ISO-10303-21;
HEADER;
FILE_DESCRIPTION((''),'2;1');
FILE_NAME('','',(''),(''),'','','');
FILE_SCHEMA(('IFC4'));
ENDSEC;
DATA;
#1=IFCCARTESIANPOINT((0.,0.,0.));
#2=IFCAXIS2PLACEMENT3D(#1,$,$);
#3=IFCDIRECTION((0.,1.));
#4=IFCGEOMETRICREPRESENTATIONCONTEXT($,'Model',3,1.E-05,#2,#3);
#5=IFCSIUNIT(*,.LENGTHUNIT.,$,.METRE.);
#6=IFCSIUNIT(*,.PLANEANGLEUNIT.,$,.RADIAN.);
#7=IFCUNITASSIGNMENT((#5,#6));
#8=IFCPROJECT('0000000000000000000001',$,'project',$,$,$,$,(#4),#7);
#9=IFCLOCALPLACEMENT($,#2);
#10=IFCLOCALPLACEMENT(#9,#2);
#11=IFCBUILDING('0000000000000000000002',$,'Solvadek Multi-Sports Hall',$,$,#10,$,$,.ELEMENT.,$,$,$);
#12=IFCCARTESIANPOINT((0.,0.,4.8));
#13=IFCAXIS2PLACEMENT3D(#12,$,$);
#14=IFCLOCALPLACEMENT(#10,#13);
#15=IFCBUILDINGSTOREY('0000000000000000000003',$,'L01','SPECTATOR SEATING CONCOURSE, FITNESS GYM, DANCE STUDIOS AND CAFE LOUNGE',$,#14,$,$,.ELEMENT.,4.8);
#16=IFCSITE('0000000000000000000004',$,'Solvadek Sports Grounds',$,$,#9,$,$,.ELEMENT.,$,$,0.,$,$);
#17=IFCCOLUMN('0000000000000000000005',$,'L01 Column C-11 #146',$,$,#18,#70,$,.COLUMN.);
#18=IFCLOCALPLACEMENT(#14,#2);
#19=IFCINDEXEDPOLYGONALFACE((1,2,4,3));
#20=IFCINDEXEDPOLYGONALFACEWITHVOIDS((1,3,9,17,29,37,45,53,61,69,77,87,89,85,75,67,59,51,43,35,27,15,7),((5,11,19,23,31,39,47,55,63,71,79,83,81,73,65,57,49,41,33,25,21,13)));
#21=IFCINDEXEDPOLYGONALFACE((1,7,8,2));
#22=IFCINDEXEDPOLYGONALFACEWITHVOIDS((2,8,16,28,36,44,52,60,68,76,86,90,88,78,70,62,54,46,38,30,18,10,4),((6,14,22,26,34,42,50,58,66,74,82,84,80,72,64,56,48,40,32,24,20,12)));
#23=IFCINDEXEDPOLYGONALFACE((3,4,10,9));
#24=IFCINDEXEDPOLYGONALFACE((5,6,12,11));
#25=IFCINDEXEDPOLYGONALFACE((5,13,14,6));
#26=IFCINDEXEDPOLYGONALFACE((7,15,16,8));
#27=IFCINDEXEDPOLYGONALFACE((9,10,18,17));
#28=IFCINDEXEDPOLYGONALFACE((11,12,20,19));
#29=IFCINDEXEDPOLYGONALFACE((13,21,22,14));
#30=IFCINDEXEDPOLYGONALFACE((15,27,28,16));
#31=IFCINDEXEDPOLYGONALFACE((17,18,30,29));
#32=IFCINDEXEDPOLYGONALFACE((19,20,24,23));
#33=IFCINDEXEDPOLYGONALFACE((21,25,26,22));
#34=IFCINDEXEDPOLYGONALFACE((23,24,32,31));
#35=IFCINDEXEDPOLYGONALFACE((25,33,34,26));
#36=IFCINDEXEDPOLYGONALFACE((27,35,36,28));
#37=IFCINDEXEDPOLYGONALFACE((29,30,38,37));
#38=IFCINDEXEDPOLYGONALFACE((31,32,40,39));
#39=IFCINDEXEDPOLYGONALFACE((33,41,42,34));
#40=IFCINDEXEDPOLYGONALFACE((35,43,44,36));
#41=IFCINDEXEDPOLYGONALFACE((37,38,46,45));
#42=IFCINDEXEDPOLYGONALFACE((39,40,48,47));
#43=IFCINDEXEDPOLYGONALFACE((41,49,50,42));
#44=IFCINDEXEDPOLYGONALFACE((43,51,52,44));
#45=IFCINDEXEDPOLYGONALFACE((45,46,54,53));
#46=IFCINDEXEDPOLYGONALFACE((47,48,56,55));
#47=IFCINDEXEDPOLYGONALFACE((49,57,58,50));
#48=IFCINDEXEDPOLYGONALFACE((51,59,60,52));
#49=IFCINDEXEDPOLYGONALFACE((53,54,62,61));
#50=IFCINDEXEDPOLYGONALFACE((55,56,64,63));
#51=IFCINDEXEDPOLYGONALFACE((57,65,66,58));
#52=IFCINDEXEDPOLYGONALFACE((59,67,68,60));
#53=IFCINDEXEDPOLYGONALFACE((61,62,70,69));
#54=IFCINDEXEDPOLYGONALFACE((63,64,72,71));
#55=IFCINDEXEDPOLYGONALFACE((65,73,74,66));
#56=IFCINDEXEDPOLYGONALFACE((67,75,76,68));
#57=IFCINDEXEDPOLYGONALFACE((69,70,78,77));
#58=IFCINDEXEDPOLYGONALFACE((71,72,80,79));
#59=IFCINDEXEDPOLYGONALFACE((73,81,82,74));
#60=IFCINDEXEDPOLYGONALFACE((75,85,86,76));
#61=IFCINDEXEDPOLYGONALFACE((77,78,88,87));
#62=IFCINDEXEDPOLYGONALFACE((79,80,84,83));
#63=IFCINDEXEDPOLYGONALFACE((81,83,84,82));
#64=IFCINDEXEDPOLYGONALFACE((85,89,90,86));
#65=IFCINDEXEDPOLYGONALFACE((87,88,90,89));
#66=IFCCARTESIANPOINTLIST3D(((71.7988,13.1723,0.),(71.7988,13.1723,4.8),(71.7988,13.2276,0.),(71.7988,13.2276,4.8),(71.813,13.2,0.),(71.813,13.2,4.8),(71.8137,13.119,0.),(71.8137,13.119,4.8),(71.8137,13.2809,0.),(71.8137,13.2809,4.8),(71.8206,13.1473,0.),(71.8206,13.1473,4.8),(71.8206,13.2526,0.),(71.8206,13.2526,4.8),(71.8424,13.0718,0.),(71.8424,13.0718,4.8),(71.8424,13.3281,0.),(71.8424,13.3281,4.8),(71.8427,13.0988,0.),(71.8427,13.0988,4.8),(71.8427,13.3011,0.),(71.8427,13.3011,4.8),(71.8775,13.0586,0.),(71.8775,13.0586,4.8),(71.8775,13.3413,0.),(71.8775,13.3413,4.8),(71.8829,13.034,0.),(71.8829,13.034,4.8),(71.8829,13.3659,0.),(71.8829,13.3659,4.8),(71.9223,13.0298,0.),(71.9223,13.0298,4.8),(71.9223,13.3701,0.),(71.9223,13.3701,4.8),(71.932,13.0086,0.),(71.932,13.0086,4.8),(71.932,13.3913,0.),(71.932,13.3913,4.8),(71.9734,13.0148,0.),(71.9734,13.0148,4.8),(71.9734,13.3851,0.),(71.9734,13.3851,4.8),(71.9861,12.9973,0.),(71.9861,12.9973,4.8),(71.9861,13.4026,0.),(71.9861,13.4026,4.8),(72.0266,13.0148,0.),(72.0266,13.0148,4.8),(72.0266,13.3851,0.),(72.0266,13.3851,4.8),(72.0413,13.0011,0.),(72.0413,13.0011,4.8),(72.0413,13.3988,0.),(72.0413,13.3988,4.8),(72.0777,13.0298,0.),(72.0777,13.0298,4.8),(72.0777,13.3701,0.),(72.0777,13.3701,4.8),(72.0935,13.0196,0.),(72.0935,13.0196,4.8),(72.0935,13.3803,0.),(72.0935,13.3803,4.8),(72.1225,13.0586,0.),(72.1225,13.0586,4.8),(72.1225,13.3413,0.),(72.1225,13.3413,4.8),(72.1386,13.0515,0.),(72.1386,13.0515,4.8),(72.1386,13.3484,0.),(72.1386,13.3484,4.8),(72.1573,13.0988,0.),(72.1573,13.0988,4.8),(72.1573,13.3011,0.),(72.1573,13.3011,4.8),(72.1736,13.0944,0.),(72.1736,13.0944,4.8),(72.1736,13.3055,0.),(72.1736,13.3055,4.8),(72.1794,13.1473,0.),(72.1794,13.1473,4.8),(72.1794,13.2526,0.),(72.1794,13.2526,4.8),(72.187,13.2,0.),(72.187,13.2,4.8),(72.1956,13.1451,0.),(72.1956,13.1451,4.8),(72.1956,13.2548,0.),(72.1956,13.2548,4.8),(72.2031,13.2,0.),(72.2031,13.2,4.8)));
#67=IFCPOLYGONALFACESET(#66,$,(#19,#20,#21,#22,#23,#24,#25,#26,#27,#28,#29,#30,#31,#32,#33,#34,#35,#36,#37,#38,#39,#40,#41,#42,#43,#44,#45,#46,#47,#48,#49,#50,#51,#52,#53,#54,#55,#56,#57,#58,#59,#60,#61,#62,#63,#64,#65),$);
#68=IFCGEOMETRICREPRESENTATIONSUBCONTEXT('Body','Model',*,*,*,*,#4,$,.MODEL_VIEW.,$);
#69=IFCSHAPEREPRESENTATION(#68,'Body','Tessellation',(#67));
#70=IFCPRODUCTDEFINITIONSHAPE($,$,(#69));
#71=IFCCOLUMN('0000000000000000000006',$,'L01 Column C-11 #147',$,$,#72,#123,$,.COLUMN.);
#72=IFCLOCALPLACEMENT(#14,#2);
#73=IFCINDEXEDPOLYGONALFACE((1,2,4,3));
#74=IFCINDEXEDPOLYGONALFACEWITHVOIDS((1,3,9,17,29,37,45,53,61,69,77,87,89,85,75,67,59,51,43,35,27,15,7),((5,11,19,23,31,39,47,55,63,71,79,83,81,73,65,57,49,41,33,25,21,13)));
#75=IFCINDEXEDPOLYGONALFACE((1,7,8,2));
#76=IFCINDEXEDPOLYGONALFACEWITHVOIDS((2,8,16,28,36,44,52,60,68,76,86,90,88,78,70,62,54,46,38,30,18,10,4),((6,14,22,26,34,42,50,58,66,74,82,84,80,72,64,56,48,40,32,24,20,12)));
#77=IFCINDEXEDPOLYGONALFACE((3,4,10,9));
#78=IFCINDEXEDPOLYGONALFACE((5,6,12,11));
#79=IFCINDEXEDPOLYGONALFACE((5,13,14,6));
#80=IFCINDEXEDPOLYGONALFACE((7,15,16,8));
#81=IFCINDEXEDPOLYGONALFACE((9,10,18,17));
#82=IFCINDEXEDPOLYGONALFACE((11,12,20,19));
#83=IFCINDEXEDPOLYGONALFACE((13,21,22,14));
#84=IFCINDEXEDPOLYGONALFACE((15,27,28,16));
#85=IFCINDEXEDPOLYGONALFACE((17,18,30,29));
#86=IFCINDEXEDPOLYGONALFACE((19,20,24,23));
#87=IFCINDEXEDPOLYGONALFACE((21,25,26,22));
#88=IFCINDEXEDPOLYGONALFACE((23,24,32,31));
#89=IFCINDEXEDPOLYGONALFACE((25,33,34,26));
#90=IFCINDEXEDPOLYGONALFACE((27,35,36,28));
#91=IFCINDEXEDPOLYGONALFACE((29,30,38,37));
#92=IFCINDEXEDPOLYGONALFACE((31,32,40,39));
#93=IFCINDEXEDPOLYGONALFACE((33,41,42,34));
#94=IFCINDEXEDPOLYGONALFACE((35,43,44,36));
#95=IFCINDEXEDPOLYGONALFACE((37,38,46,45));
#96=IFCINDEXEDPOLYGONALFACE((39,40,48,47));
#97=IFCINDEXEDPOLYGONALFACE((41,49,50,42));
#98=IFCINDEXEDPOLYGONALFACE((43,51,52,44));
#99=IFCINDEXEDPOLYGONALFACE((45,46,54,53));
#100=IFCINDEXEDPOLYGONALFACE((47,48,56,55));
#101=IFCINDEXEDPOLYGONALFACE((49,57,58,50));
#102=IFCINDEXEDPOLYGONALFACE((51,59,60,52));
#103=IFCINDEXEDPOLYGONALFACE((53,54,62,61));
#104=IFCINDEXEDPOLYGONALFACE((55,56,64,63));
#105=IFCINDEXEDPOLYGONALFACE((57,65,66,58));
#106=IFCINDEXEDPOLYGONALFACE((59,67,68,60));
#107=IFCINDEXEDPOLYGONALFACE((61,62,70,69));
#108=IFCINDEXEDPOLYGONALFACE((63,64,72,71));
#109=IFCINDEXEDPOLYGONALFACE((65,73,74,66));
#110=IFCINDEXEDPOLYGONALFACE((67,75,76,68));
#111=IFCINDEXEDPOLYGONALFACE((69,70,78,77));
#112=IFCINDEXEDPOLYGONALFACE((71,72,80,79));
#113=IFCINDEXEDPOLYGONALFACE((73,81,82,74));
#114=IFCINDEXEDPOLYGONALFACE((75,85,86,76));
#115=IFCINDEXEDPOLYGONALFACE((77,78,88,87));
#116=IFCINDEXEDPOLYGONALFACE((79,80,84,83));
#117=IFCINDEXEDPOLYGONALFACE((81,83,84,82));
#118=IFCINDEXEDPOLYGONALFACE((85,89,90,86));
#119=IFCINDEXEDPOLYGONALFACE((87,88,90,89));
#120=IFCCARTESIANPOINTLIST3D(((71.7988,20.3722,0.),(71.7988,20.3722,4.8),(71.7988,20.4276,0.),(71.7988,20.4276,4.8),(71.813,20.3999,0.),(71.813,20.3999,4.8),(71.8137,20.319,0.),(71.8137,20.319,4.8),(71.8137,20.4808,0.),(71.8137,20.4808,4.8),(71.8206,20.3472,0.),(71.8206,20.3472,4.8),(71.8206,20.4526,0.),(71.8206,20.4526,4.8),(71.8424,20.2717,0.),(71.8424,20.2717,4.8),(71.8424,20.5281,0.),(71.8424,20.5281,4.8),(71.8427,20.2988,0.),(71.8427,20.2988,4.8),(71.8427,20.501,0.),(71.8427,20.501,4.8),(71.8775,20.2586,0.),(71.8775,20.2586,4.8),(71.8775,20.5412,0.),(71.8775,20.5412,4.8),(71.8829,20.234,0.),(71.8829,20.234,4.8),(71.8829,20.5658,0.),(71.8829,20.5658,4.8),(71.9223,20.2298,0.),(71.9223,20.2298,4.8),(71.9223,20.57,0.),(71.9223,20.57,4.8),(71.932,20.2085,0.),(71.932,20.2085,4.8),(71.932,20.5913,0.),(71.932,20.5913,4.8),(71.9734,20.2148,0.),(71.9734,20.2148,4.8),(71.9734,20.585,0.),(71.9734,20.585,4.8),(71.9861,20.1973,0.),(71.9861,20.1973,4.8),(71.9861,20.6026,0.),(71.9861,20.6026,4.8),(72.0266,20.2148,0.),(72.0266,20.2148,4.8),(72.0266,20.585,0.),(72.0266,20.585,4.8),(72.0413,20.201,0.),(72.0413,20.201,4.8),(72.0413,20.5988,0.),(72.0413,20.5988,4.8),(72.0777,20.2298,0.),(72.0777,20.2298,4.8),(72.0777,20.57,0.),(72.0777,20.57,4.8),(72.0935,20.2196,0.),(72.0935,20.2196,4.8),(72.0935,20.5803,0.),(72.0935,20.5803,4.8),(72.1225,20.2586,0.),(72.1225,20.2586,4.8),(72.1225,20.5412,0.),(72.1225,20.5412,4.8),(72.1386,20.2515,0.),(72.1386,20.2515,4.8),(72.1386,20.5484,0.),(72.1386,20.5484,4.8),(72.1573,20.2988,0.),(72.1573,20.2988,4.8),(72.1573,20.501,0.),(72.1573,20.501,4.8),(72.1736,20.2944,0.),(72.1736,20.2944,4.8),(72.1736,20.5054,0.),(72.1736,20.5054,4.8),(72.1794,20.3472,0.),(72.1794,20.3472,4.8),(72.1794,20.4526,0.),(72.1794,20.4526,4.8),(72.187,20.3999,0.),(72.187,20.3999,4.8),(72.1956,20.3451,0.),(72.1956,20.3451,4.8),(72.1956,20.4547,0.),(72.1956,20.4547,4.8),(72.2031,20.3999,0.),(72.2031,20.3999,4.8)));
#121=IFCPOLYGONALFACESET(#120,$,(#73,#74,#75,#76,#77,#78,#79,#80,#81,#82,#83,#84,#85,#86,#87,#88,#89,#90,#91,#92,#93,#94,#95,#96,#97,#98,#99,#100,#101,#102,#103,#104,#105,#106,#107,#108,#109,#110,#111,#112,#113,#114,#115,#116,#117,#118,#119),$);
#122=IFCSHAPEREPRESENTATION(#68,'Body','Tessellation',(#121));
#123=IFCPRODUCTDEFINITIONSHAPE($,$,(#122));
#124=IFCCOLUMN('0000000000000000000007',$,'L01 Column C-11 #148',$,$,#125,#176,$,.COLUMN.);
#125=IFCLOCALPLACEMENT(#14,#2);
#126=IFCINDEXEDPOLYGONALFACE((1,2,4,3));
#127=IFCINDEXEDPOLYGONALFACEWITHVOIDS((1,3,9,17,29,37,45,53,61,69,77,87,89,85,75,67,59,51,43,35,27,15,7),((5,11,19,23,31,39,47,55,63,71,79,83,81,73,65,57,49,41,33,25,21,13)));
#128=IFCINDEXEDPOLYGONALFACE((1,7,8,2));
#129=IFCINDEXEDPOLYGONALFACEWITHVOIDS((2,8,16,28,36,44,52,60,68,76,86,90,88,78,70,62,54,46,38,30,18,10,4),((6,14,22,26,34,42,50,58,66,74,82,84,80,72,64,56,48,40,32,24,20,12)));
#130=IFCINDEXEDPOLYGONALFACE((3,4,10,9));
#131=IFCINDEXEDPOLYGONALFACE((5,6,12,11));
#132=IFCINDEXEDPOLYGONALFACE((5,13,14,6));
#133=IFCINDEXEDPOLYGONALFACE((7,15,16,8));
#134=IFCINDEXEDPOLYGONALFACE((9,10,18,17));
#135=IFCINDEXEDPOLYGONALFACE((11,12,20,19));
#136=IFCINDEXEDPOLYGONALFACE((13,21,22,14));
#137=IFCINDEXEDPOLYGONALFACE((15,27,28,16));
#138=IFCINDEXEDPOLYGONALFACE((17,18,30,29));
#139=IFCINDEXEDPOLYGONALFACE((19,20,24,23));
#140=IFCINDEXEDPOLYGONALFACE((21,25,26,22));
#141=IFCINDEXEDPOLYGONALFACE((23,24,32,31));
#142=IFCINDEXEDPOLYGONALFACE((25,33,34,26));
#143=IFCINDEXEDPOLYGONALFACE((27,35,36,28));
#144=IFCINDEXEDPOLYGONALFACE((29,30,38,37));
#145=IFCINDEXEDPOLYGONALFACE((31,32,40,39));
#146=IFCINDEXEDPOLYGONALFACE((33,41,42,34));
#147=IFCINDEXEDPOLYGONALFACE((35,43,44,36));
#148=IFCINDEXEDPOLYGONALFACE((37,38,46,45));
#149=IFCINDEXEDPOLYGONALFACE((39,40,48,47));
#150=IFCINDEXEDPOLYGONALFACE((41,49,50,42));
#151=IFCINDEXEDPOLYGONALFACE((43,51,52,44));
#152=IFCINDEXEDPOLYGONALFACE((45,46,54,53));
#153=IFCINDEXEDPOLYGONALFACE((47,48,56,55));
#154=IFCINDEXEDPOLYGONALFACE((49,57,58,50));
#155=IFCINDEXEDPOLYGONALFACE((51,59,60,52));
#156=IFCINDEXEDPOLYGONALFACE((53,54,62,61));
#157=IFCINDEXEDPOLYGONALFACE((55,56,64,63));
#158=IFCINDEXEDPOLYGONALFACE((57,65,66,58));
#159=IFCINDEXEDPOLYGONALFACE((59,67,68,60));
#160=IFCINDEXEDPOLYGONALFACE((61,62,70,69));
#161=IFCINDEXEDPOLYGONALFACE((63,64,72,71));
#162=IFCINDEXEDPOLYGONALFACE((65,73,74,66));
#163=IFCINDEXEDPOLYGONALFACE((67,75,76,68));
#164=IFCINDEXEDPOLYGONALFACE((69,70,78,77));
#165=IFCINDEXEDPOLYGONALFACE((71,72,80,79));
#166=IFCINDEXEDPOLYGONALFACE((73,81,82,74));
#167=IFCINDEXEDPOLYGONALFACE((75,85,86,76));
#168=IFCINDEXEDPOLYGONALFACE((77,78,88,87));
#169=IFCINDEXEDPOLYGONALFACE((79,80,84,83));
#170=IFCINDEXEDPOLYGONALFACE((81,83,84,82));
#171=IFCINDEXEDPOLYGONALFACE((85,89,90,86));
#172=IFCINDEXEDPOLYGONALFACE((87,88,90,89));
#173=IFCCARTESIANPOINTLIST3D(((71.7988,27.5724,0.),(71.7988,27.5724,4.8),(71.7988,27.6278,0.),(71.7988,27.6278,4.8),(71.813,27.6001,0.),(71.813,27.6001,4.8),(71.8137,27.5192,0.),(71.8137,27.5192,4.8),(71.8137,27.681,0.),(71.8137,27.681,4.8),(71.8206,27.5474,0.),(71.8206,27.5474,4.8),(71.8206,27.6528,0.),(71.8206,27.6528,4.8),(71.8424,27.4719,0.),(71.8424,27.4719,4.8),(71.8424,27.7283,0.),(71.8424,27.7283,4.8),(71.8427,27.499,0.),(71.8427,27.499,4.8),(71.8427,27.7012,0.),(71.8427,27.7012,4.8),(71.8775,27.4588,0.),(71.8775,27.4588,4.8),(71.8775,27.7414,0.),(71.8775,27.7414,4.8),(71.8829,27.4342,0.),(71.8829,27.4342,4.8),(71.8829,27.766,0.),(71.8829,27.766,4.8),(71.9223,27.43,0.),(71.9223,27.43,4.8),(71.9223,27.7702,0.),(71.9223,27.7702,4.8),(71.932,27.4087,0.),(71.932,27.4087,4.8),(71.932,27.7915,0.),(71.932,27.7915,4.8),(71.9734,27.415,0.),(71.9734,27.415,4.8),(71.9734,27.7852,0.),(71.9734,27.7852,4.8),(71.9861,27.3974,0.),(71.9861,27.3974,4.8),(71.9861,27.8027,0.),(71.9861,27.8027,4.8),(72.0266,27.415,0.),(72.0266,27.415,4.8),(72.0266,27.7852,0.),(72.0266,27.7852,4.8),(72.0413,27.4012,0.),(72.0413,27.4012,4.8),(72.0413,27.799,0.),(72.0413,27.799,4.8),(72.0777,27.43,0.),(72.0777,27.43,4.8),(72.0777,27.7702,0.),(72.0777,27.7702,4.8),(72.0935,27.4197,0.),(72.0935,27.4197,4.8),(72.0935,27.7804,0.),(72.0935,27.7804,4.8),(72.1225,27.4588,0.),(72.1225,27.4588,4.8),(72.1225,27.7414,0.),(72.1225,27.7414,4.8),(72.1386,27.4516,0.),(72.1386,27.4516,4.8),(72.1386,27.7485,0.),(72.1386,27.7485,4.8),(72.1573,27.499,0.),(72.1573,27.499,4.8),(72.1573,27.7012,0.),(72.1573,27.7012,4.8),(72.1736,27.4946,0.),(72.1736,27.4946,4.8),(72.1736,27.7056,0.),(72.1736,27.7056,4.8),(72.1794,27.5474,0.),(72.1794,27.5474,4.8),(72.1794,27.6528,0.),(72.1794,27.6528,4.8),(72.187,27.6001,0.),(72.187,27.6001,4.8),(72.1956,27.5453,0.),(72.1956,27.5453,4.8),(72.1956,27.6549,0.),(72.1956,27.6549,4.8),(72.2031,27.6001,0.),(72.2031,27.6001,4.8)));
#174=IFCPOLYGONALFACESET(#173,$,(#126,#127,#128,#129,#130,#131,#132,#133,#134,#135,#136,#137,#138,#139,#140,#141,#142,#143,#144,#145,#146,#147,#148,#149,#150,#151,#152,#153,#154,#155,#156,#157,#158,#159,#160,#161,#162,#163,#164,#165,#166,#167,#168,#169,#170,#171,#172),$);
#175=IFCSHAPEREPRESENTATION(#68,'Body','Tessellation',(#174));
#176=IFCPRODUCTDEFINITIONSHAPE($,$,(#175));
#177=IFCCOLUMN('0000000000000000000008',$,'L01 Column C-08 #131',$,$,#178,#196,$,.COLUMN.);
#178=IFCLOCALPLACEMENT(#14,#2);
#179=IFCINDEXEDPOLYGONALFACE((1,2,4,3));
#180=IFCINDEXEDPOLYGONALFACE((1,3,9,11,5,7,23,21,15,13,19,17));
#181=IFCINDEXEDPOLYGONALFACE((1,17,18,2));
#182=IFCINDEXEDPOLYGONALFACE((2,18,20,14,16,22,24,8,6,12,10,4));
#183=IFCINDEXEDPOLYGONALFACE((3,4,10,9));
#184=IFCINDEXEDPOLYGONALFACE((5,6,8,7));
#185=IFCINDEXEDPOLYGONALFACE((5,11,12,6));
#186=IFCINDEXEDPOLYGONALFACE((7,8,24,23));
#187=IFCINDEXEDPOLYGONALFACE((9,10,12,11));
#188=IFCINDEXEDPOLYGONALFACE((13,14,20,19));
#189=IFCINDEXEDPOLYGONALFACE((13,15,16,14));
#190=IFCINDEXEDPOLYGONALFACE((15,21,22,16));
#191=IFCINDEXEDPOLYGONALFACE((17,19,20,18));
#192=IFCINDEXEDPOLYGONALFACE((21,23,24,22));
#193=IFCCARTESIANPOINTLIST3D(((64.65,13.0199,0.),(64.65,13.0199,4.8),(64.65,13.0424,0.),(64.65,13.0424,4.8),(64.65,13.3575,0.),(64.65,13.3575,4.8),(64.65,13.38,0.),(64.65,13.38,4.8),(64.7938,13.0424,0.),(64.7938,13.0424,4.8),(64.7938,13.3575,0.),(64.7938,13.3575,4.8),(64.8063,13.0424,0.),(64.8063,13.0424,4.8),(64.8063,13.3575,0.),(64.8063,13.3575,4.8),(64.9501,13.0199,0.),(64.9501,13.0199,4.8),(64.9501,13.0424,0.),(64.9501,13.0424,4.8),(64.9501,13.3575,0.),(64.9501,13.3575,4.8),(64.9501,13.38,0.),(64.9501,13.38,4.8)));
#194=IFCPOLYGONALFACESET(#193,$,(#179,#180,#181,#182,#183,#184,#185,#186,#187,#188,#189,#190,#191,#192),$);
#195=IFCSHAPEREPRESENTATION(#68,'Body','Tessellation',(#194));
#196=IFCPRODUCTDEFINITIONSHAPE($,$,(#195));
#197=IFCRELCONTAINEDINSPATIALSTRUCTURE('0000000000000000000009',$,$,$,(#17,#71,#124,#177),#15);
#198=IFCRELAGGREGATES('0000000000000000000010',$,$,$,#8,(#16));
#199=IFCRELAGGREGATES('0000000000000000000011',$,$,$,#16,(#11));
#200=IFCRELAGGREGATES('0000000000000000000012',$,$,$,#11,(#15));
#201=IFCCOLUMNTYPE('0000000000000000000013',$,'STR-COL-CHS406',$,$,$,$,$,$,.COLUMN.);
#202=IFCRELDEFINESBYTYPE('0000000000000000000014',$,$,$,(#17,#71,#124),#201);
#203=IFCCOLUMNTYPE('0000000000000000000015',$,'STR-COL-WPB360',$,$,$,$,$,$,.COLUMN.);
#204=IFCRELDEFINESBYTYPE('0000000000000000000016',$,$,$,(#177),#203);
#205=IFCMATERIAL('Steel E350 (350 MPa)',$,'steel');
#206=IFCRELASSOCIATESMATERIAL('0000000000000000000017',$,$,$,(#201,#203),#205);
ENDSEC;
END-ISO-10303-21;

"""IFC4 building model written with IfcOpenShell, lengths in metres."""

from ifc_helpers import new_model, si_unit, direction, frame, origin, origin_2d, place, context, subcontext, project, spatial, hollow_circle, i_section, extrude, material, material_profile, profile_set, type_object, element, save


model = new_model("IFC4")

# Units and contexts
model_context = context("Model", 3, precision=1e-05, world=origin(), true_north=direction((0.0, 1.0)))
body_context = subcontext(model_context, "Body", "Model", "MODEL_VIEW")
ifc_project = project(units=[si_unit("LENGTHUNIT", "METRE"), si_unit("PLANEANGLEUNIT", "RADIAN")], contexts=[model_context])

# Site, building, storey
site_placement = place(None, origin())
site = spatial("IfcSite", under=ifc_project, at=site_placement, Name="Solvadek Sports Grounds", CompositionType="ELEMENT", RefElevation=0.0)
building_placement = place(site_placement, origin())
building = spatial("IfcBuilding", under=site, at=building_placement, Name="Solvadek Multi-Sports Hall", CompositionType="ELEMENT")
storey_placement = place(building_placement, frame((0.0, 0.0, 4.8)))
storey = spatial("IfcBuildingStorey", under=building, at=storey_placement, Name="L01", Description="SPECTATOR SEATING CONCOURSE, FITNESS GYM, DANCE STUDIOS AND CAFE LOUNGE", CompositionType="ELEMENT", Elevation=4.8)

# Columns
ifc_material_1 = material(Name="Steel E350 (350 MPa)", Category="steel")
ifc_material_profile_1 = material_profile(ifc_material_1, hollow_circle(Radius=0.2031, WallThickness=0.0161, at=origin_2d()), Name="CHS 406.4x16")
ifc_profile_set_1 = profile_set([ifc_material_profile_1], Name="Steel E350 (350 MPa)")
column_type_1 = type_object("IfcColumnType", Name="STR-COL-CHS406", PredefinedType="COLUMN", material=ifc_profile_set_1)
for number, where, z_axis, x_axis, name in (
    (1, (72.0, 13.2, 0.0), (0.0, 0.0, 1.0), (1.0, 0.0, 0.0), "L01 Column C-11 #146"),
    (2, (72.0, 20.3999, 0.0), (0.0, 0.0, 1.0), (1.0, 0.0, 0.0), "L01 Column C-11 #147"),
    (3, (72.0, 27.6001, 0.0), (0.0, 0.0, 1.0), (1.0, 0.0, 0.0), "L01 Column C-11 #148"),
):
    element("IfcColumn", number, at=place(storey_placement, frame(where, z_axis=z_axis, x_axis=x_axis)), inside=storey, type_object=column_type_1, Name=name, PredefinedType="COLUMN", context=body_context, shape_type="SweptSolid", body=[
        extrude(hollow_circle(Radius=0.2031, WallThickness=0.0161, at=origin_2d()), origin(), (0.0, 0.0, 1.0), 4.8),
    ])
ifc_material_profile_2 = material_profile(ifc_material_1, i_section(OverallWidth=0.3, OverallDepth=0.3601, WebThickness=0.0125, FlangeThickness=0.0225, at=origin_2d()), Name="WPB 360")
ifc_profile_set_2 = profile_set([ifc_material_profile_2], Name="Steel E350 (350 MPa)")
column_type_2 = type_object("IfcColumnType", Name="STR-COL-WPB360", PredefinedType="COLUMN", material=ifc_profile_set_2)
for number, where, z_axis, x_axis, name in (
    (4, (64.8, 13.2, 0.0), (0.0, 0.0, 1.0), (1.0, 0.0, 0.0), "L01 Column C-08 #131"),
):
    element("IfcColumn", number, at=place(storey_placement, frame(where, z_axis=z_axis, x_axis=x_axis)), inside=storey, type_object=column_type_2, Name=name, PredefinedType="COLUMN", context=body_context, shape_type="SweptSolid", body=[
        extrude(i_section(OverallWidth=0.3, OverallDepth=0.3601, WebThickness=0.0125, FlangeThickness=0.0225, at=origin_2d()), origin(), (0.0, 0.0, 1.0), 4.8),
    ])

save(model, "model.ifc")
